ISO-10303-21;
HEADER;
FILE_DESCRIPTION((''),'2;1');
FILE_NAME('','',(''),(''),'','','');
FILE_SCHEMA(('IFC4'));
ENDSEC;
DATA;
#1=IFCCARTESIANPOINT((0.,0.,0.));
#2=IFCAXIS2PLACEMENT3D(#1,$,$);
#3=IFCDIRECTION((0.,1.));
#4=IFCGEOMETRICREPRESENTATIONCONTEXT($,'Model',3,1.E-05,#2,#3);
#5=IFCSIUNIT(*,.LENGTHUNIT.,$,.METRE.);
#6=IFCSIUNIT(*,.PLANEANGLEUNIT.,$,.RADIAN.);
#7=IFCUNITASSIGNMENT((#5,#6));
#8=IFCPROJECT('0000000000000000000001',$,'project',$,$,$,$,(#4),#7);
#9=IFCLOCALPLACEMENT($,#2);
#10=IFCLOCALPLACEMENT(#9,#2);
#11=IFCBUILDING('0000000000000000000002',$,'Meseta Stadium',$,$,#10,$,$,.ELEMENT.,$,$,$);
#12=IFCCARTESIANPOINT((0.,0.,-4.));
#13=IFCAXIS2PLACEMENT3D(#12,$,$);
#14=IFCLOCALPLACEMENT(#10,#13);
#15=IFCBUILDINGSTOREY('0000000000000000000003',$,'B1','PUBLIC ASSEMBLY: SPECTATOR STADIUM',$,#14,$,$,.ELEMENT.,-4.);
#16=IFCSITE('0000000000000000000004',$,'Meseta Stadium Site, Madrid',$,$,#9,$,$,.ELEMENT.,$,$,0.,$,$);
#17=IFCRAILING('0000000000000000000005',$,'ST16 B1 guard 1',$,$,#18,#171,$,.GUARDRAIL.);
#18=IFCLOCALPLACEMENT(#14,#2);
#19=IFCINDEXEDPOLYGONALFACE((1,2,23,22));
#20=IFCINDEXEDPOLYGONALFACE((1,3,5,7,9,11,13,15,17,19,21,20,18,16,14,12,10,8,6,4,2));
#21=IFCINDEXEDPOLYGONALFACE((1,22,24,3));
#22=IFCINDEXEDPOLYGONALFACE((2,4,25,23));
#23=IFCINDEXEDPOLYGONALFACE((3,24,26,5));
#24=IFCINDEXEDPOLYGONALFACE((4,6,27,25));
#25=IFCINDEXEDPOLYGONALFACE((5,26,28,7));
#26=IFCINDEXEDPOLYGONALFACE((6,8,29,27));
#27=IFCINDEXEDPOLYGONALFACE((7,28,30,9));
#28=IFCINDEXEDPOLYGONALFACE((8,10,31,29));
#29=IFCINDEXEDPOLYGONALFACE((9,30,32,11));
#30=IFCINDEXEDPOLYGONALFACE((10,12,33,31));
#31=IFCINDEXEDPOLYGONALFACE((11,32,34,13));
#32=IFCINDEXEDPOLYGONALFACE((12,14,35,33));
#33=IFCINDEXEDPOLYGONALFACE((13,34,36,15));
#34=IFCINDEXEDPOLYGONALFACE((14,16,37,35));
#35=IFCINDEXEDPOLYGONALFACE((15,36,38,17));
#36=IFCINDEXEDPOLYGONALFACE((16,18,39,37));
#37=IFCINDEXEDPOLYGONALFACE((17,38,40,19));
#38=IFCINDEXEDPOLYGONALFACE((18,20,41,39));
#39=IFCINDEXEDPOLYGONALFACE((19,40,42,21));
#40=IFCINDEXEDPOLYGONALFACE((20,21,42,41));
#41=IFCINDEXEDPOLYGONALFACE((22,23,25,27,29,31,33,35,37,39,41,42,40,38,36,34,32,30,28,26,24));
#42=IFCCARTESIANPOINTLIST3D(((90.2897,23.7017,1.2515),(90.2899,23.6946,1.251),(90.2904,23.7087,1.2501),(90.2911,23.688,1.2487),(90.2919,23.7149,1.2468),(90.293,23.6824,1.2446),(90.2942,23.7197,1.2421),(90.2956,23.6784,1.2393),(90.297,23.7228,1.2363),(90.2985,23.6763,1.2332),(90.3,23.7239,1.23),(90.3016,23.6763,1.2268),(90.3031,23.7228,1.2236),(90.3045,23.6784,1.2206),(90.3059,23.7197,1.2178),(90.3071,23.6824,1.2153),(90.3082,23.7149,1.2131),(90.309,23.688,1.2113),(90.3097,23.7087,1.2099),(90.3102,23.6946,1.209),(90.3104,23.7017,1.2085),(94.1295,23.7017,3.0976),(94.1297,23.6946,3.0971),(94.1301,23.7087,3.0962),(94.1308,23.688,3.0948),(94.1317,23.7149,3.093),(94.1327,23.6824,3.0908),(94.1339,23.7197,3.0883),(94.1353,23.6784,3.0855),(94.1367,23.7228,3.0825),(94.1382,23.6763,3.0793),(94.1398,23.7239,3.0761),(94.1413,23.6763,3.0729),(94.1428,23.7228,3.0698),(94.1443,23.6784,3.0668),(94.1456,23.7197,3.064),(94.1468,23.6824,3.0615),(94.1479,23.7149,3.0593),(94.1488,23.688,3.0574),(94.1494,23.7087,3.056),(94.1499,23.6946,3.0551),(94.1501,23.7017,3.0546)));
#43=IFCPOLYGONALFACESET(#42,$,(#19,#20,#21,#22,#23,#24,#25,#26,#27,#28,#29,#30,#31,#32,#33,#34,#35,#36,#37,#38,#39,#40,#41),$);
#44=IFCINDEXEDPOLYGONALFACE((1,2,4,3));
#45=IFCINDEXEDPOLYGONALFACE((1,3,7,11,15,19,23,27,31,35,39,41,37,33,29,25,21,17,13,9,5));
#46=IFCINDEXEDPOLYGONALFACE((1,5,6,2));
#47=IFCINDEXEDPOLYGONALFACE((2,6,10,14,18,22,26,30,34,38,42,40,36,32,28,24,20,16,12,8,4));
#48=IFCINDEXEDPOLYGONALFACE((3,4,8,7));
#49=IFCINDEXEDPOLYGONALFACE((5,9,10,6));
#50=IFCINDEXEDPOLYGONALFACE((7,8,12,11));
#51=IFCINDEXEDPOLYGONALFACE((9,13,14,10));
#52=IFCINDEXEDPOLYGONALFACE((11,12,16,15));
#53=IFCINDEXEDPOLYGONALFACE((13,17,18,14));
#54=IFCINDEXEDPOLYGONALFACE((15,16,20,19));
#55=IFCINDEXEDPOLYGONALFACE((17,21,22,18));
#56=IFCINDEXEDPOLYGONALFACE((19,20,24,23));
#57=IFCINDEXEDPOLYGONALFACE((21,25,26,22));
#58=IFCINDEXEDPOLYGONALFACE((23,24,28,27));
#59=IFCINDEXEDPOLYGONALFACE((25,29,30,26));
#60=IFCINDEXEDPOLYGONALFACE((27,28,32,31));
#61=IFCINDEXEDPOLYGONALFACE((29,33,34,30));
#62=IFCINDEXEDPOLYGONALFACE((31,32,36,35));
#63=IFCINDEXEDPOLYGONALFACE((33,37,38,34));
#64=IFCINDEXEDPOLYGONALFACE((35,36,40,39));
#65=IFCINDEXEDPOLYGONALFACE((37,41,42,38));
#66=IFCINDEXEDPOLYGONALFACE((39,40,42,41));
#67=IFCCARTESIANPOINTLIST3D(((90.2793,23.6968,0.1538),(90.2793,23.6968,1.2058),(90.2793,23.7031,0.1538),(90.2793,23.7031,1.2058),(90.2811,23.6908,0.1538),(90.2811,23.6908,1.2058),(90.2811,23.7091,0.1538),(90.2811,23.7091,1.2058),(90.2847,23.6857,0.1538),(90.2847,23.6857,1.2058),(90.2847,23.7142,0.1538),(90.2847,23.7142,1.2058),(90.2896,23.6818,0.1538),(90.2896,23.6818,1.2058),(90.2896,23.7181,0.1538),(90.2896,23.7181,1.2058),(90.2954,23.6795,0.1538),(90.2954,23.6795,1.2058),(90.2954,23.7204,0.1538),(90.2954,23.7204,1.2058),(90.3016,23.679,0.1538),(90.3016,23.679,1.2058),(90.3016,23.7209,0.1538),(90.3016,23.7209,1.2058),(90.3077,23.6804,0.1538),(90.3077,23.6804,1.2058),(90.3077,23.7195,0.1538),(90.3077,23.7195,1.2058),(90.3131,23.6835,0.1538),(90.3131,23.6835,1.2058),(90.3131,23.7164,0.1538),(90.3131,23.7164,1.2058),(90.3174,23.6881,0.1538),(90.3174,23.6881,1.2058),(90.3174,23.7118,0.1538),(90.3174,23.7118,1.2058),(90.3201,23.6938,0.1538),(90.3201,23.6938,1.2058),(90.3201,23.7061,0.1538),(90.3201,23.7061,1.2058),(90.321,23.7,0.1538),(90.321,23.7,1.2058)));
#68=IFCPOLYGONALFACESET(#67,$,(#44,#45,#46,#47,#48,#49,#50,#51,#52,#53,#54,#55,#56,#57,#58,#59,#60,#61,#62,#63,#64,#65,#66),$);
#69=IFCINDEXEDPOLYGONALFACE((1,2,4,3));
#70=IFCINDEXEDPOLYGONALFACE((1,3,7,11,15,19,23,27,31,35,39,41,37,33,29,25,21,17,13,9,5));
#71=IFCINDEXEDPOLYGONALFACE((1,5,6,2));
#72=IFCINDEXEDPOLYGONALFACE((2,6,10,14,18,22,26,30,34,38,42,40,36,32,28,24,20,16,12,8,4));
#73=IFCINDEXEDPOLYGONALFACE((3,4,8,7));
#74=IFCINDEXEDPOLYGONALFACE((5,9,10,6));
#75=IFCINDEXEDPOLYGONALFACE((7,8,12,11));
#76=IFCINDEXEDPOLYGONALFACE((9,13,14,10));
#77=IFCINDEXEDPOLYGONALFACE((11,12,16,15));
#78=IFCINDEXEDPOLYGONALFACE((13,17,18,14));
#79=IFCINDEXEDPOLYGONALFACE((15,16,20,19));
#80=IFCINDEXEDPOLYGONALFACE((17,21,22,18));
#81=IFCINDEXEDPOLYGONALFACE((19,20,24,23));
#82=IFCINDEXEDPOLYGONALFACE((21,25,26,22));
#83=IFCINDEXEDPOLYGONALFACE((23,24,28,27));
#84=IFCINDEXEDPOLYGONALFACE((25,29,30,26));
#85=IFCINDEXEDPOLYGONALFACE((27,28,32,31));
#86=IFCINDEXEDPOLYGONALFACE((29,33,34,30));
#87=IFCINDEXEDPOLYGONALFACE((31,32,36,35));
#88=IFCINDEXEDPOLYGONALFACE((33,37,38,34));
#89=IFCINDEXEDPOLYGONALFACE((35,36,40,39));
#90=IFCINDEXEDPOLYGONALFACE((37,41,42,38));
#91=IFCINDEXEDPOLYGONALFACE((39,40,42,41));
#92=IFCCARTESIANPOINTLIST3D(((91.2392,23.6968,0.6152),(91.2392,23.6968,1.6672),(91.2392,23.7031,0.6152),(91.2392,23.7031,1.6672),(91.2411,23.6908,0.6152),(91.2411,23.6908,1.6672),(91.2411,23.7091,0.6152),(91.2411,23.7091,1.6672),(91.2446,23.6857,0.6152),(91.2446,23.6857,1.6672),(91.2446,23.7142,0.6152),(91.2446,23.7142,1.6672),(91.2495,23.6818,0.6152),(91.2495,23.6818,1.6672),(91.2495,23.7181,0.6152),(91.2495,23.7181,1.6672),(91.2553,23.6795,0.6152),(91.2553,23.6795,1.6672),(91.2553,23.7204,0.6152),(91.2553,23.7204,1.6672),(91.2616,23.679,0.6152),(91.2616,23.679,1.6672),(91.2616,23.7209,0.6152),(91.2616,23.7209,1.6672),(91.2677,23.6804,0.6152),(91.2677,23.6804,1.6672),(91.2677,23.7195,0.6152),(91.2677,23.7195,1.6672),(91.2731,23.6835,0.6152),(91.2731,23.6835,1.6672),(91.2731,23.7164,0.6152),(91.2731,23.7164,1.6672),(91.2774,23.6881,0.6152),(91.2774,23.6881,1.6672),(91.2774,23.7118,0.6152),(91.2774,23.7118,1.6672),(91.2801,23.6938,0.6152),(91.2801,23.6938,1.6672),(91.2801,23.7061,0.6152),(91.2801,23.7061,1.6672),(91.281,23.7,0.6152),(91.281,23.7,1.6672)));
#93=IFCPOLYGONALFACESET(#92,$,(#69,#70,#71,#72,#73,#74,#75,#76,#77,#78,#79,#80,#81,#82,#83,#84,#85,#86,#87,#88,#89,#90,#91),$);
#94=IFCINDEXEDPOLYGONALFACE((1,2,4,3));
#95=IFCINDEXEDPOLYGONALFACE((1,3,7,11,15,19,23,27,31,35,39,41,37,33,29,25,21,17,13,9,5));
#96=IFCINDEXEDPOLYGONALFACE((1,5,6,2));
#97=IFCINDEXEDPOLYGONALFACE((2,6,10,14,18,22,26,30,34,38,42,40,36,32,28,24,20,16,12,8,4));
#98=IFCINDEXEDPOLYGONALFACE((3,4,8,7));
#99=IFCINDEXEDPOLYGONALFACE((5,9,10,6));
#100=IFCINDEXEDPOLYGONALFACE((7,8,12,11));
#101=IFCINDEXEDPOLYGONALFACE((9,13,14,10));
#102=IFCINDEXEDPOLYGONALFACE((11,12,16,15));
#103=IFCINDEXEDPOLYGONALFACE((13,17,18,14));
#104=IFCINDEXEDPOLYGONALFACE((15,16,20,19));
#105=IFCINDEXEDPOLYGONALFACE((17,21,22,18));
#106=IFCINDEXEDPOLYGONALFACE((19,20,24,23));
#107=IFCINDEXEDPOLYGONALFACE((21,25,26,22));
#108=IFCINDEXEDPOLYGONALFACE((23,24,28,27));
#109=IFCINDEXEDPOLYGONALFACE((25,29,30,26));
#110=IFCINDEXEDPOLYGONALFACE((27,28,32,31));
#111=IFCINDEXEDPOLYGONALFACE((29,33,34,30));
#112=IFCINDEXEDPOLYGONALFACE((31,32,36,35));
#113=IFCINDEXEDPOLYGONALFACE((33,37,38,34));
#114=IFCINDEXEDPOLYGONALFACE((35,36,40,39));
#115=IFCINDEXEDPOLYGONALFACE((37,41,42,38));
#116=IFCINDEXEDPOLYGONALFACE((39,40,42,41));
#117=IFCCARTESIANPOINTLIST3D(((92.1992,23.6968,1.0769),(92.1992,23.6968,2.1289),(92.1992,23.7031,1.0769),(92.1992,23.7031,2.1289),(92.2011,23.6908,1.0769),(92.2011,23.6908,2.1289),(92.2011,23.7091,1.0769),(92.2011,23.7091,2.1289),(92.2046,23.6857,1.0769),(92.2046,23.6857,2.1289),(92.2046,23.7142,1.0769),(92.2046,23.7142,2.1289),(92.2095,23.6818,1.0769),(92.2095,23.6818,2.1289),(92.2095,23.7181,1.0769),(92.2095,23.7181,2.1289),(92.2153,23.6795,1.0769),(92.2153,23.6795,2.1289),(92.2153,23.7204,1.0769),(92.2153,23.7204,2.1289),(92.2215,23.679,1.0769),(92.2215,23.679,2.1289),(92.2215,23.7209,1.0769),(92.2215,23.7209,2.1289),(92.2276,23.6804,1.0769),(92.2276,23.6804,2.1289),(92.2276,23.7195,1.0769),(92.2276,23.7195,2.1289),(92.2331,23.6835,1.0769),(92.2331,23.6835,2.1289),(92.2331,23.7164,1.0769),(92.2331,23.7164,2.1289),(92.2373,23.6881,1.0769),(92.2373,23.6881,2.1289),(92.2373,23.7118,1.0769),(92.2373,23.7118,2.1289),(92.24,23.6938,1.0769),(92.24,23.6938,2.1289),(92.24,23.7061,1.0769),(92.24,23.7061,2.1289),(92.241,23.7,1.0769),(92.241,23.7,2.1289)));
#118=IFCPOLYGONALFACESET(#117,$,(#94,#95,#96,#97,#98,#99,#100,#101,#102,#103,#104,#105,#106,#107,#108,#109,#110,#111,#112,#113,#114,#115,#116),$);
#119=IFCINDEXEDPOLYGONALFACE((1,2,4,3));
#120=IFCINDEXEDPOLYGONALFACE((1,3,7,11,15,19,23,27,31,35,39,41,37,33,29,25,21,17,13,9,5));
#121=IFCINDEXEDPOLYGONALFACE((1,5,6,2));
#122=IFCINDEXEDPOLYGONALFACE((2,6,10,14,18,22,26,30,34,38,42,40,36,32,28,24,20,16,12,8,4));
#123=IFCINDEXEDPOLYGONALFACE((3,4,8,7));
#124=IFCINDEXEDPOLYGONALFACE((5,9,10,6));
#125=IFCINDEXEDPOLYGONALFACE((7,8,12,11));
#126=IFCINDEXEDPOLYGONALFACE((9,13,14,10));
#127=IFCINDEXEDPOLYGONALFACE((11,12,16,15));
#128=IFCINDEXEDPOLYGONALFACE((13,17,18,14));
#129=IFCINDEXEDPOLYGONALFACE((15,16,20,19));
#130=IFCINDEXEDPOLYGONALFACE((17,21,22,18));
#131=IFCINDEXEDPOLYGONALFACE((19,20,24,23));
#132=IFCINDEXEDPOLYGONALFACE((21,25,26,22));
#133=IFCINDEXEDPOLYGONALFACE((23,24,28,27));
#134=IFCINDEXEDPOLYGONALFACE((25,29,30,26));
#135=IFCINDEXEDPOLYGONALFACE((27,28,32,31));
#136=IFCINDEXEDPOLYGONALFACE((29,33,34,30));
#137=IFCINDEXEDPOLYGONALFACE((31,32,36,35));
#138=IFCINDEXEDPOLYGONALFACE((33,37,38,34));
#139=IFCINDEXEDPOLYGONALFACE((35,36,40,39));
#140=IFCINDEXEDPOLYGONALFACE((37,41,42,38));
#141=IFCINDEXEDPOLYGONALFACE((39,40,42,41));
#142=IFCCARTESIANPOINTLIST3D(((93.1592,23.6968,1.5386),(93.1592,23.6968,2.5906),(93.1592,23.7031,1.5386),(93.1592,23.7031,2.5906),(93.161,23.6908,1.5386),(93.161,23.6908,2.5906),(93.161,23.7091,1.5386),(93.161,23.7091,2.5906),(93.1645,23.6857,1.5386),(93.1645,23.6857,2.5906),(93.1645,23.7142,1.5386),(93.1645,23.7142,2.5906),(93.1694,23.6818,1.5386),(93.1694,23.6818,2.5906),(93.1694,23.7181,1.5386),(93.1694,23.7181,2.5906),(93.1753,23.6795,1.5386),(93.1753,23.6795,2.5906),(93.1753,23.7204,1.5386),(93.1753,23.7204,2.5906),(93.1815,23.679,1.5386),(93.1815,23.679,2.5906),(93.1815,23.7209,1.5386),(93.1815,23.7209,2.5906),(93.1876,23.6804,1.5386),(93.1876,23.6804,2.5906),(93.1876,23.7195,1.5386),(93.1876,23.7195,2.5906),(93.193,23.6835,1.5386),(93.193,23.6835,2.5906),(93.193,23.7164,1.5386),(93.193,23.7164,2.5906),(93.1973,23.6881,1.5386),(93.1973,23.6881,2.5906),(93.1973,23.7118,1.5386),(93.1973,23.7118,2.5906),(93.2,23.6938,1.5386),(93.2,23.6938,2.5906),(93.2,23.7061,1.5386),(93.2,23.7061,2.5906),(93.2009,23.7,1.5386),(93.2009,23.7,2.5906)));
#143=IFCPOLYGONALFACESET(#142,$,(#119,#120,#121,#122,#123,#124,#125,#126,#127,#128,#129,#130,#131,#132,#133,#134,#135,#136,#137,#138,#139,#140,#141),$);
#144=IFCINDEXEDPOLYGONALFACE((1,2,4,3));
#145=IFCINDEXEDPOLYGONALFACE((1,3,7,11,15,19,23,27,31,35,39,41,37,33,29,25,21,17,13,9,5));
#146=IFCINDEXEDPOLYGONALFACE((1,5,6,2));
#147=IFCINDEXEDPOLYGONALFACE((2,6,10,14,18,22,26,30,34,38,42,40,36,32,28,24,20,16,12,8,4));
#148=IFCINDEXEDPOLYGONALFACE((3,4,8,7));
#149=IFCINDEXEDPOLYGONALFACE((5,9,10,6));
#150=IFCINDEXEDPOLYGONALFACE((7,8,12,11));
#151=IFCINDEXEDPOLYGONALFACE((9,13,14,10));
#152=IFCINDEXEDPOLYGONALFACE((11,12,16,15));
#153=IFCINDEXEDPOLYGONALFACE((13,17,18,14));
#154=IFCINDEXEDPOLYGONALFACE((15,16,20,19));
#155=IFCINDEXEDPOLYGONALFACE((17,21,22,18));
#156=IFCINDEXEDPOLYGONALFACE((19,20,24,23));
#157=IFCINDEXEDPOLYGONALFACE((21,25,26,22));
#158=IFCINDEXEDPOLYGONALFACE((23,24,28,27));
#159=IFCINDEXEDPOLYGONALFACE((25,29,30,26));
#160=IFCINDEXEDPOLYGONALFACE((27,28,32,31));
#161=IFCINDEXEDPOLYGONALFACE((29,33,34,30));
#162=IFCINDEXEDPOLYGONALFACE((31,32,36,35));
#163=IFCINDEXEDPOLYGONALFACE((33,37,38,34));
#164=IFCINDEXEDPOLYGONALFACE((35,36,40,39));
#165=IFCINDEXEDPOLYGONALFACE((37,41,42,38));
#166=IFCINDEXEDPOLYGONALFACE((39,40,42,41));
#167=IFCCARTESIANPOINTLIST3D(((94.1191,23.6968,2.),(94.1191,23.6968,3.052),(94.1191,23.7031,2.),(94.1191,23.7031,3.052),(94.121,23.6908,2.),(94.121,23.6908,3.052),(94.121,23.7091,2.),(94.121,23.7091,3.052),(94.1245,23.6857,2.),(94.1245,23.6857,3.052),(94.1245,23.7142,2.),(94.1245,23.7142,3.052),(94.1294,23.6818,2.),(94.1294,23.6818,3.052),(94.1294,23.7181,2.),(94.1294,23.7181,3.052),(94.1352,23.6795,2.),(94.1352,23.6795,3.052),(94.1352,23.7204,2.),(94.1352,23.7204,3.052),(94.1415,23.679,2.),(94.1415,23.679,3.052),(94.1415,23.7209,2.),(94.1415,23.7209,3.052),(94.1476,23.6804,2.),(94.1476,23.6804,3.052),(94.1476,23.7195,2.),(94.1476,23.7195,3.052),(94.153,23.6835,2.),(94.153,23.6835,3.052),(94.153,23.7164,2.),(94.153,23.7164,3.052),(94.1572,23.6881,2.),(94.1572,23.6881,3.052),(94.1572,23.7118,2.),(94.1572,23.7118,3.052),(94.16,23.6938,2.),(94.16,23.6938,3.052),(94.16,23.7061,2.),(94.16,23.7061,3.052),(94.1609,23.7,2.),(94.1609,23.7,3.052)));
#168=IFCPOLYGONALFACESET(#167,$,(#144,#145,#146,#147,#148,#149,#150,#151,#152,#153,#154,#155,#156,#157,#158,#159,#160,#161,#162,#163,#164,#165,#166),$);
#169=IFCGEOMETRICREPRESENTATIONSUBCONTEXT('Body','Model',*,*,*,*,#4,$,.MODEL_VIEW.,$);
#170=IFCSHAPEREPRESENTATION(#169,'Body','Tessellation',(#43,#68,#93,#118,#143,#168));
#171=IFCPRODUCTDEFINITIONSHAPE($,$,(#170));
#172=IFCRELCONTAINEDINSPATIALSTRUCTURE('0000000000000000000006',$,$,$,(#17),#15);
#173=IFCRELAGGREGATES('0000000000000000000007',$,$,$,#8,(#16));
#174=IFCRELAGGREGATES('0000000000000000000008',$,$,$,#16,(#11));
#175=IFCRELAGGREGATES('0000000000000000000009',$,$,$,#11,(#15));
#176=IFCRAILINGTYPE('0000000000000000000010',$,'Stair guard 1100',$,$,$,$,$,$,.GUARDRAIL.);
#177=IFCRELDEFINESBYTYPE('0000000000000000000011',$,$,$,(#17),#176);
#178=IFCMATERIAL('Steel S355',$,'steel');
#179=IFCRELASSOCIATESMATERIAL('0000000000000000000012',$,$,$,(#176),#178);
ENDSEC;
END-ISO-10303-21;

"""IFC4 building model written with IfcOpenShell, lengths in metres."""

from ifc_helpers import new_model, si_unit, direction, frame, origin, origin_2d, place, context, subcontext, project, spatial, circle, extrude, material, type_object, element, save


model = new_model("IFC4")

# Units and contexts
model_context = context("Model", 3, precision=1e-05, world=origin(), true_north=direction((0.0, 1.0)))
body_context = subcontext(model_context, "Body", "Model", "MODEL_VIEW")
ifc_project = project(units=[si_unit("LENGTHUNIT", "METRE"), si_unit("PLANEANGLEUNIT", "RADIAN")], contexts=[model_context])

# Site, building, storey
site_placement = place(None, origin())
site = spatial("IfcSite", under=ifc_project, at=site_placement, Name="Meseta Stadium Site, Madrid", CompositionType="ELEMENT", RefElevation=0.0)
building_placement = place(site_placement, origin())
building = spatial("IfcBuilding", under=site, at=building_placement, Name="Meseta Stadium", CompositionType="ELEMENT")
storey_placement = place(building_placement, frame((0.0, 0.0, -4.0)))
storey = spatial("IfcBuildingStorey", under=building, at=storey_placement, Name="B1", Description="PUBLIC ASSEMBLY: SPECTATOR STADIUM", CompositionType="ELEMENT", Elevation=-4.0)

# Railing
ifc_material_1 = material(Name="Steel S355", Category="steel")
railing_type_1 = type_object("IfcRailingType", Name="Stair guard 1100", PredefinedType="GUARDRAIL", material=ifc_material_1)
railing_1_placement = place(storey_placement, frame((90.3, 23.7, 0.1538)))
element("IfcRailing", 1, at=railing_1_placement, inside=storey, type_object=railing_type_1, Name="ST16 B1 guard 1", PredefinedType="GUARDRAIL", context=body_context, shape_type="SweptSolid", body=[
    extrude(circle(Radius=0.0239, at=origin_2d()), frame((0.0, 0.0, 1.0762), z_axis=(0.901242, 0.0, 0.433316), x_axis=(0.0, 1.0, 0.0)), (0.0, 0.0, 1.0), 4.2605),
    extrude(circle(Radius=0.021, at=origin_2d()), origin(), (0.0, 0.0, 1.0), 1.052),
    extrude(circle(Radius=0.021, at=origin_2d()), frame((0.96, 0.0, 0.4614)), (0.0, 0.0, 1.0), 1.052),
    extrude(circle(Radius=0.021, at=origin_2d()), frame((1.9199, 0.0, 0.9231)), (0.0, 0.0, 1.0), 1.052),
    extrude(circle(Radius=0.021, at=origin_2d()), frame((2.8799, 0.0, 1.3848)), (0.0, 0.0, 1.0), 1.052),
    extrude(circle(Radius=0.021, at=origin_2d()), frame((3.8398, 0.0, 1.8462)), (0.0, 0.0, 1.0), 1.052),
])

save(model, "model.ifc")
